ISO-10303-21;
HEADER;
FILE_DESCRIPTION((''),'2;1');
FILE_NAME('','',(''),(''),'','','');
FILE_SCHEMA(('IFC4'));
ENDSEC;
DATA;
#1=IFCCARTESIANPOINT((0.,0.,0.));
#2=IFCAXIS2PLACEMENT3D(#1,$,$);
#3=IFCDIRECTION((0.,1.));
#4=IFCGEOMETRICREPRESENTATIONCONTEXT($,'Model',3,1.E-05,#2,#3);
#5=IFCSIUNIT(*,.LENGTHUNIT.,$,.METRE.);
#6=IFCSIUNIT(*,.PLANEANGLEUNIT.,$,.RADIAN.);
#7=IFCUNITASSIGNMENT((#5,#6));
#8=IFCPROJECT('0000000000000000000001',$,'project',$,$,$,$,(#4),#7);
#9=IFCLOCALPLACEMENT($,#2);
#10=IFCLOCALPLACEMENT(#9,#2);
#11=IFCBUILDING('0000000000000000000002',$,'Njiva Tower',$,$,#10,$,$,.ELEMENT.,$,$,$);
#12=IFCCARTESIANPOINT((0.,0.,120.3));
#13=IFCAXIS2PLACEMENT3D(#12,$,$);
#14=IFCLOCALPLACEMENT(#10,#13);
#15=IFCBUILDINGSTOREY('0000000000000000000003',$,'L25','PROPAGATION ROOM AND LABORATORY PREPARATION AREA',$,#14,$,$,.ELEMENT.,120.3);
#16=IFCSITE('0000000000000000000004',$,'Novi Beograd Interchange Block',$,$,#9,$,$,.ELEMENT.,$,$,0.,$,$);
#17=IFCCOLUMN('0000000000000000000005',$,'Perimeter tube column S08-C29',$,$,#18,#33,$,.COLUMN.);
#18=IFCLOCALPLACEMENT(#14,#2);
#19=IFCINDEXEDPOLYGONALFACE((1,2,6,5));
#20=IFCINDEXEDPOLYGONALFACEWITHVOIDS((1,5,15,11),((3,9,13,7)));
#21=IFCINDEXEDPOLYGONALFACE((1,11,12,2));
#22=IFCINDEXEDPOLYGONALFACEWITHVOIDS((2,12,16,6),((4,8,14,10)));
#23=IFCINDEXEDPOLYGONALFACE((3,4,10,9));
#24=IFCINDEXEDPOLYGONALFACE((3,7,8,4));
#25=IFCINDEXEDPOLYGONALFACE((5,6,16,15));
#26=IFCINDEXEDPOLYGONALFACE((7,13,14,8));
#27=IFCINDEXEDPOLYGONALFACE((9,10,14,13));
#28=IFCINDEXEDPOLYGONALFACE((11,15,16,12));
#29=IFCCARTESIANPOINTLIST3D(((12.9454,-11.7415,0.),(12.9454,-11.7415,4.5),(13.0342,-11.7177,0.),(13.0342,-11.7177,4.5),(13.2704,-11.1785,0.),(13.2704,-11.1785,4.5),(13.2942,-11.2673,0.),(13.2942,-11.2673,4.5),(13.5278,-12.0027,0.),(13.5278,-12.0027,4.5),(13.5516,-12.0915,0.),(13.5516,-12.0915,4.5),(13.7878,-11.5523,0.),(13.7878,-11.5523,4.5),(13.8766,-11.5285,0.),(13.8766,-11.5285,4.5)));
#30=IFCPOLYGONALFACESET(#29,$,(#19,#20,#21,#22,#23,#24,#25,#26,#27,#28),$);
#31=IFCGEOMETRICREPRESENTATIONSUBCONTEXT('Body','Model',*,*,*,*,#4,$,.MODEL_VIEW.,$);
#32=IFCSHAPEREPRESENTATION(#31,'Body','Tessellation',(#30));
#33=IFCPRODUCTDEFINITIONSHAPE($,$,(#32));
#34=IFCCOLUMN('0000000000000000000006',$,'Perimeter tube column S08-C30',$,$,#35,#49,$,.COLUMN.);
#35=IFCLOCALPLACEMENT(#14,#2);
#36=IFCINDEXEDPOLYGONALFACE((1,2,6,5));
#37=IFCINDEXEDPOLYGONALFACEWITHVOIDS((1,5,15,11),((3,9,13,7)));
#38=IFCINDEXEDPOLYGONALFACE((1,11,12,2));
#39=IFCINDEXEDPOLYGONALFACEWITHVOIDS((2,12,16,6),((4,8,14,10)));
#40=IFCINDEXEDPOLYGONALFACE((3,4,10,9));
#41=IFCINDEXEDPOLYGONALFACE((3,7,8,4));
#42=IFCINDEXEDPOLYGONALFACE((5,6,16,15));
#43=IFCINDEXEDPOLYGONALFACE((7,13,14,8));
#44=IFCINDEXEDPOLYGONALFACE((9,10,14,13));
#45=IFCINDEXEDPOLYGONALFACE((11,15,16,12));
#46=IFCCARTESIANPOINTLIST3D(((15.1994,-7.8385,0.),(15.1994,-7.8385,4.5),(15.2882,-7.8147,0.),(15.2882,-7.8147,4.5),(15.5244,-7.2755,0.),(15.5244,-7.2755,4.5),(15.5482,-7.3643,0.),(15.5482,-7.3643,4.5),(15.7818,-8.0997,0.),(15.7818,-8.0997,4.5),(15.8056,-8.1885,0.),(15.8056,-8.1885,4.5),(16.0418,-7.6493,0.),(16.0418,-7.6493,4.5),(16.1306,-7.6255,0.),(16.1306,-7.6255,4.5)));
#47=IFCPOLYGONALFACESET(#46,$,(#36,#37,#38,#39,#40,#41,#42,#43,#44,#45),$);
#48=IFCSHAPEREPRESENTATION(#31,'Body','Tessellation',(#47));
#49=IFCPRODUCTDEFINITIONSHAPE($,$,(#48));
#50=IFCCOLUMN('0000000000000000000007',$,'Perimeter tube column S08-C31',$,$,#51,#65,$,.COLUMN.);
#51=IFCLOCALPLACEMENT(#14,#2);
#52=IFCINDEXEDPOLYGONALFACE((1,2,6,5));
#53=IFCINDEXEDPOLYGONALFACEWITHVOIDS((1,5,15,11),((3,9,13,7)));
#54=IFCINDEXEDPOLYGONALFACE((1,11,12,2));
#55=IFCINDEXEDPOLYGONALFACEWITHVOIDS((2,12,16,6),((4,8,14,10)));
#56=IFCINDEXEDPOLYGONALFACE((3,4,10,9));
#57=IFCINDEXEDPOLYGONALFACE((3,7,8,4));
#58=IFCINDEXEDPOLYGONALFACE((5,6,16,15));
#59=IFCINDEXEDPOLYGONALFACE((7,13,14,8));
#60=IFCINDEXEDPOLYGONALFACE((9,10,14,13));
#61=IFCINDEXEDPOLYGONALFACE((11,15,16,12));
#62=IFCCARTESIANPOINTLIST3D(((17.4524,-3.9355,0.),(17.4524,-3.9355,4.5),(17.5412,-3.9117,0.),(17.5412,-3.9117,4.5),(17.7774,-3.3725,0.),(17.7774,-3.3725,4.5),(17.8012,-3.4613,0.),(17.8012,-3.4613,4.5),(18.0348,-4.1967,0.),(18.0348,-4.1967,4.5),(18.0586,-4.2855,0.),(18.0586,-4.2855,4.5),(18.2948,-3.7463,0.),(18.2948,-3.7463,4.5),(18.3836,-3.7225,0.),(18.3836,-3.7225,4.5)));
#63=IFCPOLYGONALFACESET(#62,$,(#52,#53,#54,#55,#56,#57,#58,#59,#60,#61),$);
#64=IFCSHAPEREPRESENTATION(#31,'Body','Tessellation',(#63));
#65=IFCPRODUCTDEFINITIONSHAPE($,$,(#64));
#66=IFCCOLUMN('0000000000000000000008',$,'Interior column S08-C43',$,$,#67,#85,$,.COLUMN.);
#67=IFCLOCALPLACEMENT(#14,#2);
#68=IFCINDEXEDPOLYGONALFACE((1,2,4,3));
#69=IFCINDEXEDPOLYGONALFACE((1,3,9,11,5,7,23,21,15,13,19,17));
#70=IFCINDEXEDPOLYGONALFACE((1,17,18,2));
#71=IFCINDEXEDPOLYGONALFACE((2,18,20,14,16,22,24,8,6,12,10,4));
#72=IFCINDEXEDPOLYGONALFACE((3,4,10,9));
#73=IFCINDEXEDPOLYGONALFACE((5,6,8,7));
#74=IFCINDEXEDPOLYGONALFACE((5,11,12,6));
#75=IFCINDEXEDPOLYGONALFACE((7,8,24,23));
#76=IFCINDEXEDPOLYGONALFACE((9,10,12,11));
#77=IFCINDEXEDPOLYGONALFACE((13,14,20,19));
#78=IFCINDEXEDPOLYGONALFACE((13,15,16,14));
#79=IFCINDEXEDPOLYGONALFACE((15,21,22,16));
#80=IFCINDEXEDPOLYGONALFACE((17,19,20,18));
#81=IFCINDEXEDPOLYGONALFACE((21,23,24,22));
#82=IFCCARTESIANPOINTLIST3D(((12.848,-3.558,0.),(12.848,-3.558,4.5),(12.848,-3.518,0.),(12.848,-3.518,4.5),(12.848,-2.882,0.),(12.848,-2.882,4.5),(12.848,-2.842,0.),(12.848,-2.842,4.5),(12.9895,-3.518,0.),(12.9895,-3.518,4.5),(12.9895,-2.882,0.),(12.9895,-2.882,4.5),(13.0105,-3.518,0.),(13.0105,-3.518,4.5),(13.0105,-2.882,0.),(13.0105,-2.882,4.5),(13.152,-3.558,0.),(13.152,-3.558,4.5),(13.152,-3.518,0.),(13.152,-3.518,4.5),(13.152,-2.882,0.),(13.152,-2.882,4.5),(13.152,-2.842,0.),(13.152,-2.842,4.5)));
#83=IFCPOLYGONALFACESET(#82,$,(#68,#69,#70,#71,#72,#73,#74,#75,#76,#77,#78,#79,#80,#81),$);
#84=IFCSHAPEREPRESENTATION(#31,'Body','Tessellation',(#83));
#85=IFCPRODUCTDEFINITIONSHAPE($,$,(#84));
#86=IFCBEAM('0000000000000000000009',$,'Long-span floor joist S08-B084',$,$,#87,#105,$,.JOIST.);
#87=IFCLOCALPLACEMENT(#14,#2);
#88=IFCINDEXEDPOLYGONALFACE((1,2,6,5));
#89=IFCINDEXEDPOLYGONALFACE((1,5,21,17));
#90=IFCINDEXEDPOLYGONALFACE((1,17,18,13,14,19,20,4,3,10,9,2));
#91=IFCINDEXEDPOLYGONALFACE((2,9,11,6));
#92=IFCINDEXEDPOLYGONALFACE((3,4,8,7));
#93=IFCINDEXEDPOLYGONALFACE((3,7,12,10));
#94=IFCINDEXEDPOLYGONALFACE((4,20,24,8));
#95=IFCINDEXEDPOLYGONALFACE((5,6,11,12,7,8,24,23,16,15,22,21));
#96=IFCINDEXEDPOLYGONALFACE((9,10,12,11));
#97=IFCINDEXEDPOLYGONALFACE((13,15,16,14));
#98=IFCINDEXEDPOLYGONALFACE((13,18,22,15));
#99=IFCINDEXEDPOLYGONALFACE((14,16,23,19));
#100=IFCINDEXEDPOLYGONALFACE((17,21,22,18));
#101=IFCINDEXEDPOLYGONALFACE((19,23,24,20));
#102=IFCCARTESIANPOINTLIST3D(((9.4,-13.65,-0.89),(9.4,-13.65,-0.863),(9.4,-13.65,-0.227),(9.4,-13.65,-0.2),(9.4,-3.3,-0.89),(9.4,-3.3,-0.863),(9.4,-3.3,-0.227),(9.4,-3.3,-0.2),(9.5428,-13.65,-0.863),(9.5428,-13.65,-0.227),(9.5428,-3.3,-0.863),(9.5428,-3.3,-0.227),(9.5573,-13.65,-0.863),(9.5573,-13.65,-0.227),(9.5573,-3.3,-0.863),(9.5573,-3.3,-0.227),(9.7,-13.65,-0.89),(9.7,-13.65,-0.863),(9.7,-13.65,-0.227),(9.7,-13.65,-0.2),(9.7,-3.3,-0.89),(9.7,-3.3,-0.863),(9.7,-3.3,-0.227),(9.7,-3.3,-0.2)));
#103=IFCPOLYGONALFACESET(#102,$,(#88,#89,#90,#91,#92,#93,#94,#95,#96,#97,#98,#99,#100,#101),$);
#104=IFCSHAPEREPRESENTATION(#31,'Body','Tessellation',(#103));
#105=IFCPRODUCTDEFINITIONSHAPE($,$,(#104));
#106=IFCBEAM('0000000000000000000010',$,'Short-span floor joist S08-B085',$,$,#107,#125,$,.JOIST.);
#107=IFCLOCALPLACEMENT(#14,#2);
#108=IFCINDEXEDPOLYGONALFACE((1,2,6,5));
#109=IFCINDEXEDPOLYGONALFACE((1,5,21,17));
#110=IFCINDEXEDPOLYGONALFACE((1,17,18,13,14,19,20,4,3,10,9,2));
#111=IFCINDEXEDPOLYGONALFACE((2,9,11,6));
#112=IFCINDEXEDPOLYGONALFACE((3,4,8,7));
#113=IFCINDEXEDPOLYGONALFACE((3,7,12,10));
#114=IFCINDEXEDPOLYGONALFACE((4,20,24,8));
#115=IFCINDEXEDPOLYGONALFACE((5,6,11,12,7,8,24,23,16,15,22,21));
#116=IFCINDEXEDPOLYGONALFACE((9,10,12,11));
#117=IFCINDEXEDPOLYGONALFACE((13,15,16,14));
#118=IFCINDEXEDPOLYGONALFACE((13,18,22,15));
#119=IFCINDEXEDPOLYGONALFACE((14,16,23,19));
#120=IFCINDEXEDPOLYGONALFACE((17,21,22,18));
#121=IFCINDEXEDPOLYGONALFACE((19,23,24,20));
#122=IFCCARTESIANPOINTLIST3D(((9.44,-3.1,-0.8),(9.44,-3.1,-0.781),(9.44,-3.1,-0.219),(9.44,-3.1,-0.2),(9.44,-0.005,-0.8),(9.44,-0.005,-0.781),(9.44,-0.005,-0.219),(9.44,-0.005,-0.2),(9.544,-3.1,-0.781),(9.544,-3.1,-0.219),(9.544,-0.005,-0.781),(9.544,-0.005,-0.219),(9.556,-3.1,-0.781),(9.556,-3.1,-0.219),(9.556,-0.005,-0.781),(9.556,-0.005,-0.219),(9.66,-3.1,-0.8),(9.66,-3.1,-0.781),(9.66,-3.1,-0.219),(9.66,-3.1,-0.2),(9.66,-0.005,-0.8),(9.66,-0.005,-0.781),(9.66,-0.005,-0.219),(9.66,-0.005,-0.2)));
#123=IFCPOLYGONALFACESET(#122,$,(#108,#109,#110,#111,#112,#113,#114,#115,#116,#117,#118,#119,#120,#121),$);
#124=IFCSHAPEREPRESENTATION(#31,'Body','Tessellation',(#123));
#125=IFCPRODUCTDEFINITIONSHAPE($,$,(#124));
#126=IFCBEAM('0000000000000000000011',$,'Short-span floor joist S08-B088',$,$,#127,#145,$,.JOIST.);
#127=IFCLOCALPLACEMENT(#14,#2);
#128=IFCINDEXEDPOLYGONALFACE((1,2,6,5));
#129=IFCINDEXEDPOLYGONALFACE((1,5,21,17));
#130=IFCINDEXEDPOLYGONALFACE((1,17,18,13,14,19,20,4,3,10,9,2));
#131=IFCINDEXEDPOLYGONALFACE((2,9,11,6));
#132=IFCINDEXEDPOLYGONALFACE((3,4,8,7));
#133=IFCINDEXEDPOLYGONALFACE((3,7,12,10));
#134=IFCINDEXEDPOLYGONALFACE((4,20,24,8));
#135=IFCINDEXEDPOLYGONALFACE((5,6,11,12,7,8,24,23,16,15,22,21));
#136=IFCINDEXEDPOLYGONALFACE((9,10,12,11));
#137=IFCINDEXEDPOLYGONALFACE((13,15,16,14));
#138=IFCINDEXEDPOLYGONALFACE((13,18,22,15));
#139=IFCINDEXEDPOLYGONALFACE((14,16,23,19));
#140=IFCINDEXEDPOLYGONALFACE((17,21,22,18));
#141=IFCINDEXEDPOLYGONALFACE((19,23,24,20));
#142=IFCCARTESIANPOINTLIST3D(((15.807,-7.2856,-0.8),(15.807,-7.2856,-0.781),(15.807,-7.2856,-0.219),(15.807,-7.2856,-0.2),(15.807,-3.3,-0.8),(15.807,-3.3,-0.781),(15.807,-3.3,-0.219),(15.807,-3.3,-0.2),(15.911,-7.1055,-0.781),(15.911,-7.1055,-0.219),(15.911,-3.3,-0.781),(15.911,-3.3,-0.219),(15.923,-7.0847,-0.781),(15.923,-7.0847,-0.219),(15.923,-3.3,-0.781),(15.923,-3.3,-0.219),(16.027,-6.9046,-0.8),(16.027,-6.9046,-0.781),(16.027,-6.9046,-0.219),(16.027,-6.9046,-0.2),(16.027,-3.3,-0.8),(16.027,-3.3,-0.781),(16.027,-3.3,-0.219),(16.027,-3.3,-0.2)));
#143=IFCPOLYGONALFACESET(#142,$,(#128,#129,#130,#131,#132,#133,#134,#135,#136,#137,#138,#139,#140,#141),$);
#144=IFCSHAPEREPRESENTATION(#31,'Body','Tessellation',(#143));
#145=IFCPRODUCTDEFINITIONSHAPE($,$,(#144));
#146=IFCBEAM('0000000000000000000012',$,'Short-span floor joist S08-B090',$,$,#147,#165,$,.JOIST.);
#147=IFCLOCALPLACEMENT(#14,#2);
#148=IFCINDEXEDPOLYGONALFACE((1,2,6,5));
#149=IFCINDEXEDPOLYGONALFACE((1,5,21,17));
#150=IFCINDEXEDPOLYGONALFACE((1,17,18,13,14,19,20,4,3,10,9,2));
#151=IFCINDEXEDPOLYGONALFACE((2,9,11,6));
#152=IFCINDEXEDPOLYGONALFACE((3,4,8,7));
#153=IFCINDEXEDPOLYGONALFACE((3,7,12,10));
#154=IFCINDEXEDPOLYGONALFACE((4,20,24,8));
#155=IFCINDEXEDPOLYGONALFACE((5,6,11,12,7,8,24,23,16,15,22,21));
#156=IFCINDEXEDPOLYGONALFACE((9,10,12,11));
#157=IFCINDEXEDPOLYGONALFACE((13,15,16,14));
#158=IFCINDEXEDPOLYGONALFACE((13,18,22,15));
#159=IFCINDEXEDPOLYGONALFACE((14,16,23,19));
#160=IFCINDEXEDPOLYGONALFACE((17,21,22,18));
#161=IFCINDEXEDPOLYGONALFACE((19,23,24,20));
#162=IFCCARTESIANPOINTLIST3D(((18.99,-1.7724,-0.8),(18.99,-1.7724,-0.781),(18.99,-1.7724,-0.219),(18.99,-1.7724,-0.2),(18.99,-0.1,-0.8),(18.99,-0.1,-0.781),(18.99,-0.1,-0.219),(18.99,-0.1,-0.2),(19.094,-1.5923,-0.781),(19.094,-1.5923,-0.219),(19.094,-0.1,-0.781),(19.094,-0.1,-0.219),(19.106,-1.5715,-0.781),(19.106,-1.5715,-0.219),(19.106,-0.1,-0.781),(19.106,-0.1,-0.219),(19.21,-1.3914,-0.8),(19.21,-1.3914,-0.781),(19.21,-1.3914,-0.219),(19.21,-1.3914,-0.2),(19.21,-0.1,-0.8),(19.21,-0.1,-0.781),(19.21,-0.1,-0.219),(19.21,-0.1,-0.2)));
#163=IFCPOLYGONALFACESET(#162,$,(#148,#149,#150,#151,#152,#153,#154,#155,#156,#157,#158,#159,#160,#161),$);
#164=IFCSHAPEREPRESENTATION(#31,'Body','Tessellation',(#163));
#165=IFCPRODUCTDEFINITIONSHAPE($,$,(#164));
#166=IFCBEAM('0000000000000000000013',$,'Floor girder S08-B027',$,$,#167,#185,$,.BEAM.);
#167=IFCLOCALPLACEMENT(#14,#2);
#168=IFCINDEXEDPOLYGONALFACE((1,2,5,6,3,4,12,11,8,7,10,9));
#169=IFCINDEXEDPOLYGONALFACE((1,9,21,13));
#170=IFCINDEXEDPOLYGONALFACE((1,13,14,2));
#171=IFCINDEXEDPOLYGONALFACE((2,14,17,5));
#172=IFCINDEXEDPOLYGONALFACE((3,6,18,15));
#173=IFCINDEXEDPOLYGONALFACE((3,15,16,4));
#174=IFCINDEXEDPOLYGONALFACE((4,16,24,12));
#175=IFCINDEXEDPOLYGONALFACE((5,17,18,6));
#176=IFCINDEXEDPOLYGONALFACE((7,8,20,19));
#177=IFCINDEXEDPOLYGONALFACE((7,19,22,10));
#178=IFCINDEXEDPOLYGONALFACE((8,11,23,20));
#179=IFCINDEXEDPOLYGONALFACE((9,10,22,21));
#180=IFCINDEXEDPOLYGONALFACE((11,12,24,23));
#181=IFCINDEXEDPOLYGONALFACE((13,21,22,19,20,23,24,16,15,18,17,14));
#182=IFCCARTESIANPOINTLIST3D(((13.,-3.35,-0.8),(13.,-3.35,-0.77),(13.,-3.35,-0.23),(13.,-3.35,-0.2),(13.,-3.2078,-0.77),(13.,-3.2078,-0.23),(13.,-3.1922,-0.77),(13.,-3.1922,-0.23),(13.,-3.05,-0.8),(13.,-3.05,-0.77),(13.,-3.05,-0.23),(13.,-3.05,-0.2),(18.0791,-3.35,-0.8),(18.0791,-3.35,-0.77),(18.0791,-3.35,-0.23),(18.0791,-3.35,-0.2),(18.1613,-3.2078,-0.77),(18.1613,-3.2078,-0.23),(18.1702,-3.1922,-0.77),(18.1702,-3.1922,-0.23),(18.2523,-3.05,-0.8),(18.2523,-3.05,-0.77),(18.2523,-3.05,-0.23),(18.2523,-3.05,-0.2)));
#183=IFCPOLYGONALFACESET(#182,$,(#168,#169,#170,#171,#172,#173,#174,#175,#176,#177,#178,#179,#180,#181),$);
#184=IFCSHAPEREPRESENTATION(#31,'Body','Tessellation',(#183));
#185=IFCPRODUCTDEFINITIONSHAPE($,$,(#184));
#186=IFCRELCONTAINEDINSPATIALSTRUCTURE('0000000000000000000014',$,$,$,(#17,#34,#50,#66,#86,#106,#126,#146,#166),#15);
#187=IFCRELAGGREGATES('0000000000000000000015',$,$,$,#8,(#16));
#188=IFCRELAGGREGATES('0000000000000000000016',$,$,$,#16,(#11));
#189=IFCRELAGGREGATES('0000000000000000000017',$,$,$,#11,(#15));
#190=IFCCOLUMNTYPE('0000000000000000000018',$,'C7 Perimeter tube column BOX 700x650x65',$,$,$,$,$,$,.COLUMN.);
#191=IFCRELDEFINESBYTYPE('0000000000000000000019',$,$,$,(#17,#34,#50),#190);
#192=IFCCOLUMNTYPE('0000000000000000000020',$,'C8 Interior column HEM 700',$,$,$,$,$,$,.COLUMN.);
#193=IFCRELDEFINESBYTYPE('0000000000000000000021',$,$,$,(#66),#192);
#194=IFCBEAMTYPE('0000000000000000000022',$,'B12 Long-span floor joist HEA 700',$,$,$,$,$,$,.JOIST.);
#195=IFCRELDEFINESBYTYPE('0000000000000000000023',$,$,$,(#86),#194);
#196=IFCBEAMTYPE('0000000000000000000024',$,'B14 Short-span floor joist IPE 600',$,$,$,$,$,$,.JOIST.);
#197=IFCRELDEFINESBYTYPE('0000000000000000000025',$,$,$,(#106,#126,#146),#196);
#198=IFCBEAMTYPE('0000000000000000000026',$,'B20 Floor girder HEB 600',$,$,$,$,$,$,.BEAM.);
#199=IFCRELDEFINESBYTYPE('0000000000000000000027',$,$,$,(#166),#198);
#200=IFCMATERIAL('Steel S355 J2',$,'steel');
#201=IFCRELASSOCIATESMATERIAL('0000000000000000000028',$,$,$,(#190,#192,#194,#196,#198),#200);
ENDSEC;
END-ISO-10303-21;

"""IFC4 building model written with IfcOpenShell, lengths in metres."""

from ifc_helpers import new_model, si_unit, direction, frame, origin, origin_2d, place, context, subcontext, project, spatial, hollow_rectangle, i_section, extrude, clip, halfspace, material, material_profile, profile_set, type_object, element, save


model = new_model("IFC4")

# Units and contexts
model_context = context("Model", 3, precision=1e-05, world=origin(), true_north=direction((0.0, 1.0)))
body_context = subcontext(model_context, "Body", "Model", "MODEL_VIEW")
ifc_project = project(units=[si_unit("LENGTHUNIT", "METRE"), si_unit("PLANEANGLEUNIT", "RADIAN")], contexts=[model_context])

# Site, building, storey
site_placement = place(None, origin())
site = spatial("IfcSite", under=ifc_project, at=site_placement, Name="Novi Beograd Interchange Block", CompositionType="ELEMENT", RefElevation=0.0)
building_placement = place(site_placement, origin())
building = spatial("IfcBuilding", under=site, at=building_placement, Name="Njiva Tower", CompositionType="ELEMENT")
storey_placement = place(building_placement, frame((0.0, 0.0, 120.3)))
storey = spatial("IfcBuildingStorey", under=building, at=storey_placement, Name="L25", Description="PROPAGATION ROOM AND LABORATORY PREPARATION AREA", CompositionType="ELEMENT", Elevation=120.3)

# Columns
ifc_material_1 = material(Name="Steel S355 J2", Category="steel")
ifc_material_profile_1 = material_profile(ifc_material_1, hollow_rectangle(XDim=0.65, YDim=0.7, WallThickness=0.065, at=origin_2d()), Name="BOX 700x650x65")
ifc_profile_set_1 = profile_set([ifc_material_profile_1], Name="Steel S355 J2")
column_type_1 = type_object("IfcColumnType", Name="C7 Perimeter tube column BOX 700x650x65", PredefinedType="COLUMN", material=ifc_profile_set_1)
for number, where, z_axis, x_axis, name in (
    (1, (13.411, -11.635, 0.0), (0.0, 0.0, 1.0), (0.5, 0.866025, 0.0), "Perimeter tube column S08-C29"),
    (2, (15.665, -7.732, 0.0), (0.0, 0.0, 1.0), (0.5, 0.866025, 0.0), "Perimeter tube column S08-C30"),
    (3, (17.918, -3.829, 0.0), (0.0, 0.0, 1.0), (0.5, 0.866025, 0.0), "Perimeter tube column S08-C31"),
):
    element("IfcColumn", number, at=place(storey_placement, frame(where, z_axis=z_axis, x_axis=x_axis)), inside=storey, type_object=column_type_1, Name=name, PredefinedType="COLUMN", context=body_context, shape_type="SweptSolid", body=[
        extrude(hollow_rectangle(XDim=0.65, YDim=0.7, WallThickness=0.065, at=origin_2d()), origin(), (0.0, 0.0, 1.0), 4.5),
    ])
ifc_material_profile_2 = material_profile(ifc_material_1, i_section(OverallWidth=0.304, OverallDepth=0.716, WebThickness=0.021, FlangeThickness=0.04, at=origin_2d()), Name="HEM 700")
ifc_profile_set_2 = profile_set([ifc_material_profile_2], Name="Steel S355 J2")
column_type_2 = type_object("IfcColumnType", Name="C8 Interior column HEM 700", PredefinedType="COLUMN", material=ifc_profile_set_2)
column_placement = place(storey_placement, frame((13.0, -3.2, 0.0), z_axis=(0.0, 0.0, 1.0), x_axis=(1.0, 0.0, 0.0)))
element("IfcColumn", 4, at=column_placement, inside=storey, type_object=column_type_2, Name="Interior column S08-C43", PredefinedType="COLUMN", context=body_context, shape_type="SweptSolid", body=[
    extrude(i_section(OverallWidth=0.304, OverallDepth=0.716, WebThickness=0.021, FlangeThickness=0.04, at=origin_2d()), origin(), (0.0, 0.0, 1.0), 4.5),
])

# Beams
ifc_material_profile_3 = material_profile(ifc_material_1, i_section(OverallWidth=0.3, OverallDepth=0.69, WebThickness=0.0145, FlangeThickness=0.027, at=origin_2d()), Name="HEA 700")
ifc_profile_set_3 = profile_set([ifc_material_profile_3], Name="Steel S355 J2")
beam_type_1 = type_object("IfcBeamType", Name="B12 Long-span floor joist HEA 700", PredefinedType="JOIST", material=ifc_profile_set_3)
beam_1_placement = place(storey_placement, frame((9.55, -3.3, -0.545), z_axis=(0.0, -1.0, 0.0), x_axis=(1.0, 0.0, 0.0)))
element("IfcBeam", 5, at=beam_1_placement, inside=storey, type_object=beam_type_1, Name="Long-span floor joist S08-B084", PredefinedType="JOIST", context=body_context, shape_type="SweptSolid", body=[
    extrude(i_section(OverallWidth=0.3, OverallDepth=0.69, WebThickness=0.0145, FlangeThickness=0.027, at=origin_2d()), origin(), (0.0, 0.0, 1.0), 10.35),
])
ifc_material_profile_4 = material_profile(ifc_material_1, i_section(OverallWidth=0.22, OverallDepth=0.6, WebThickness=0.012, FlangeThickness=0.019, at=origin_2d()), Name="IPE 600")
ifc_profile_set_4 = profile_set([ifc_material_profile_4], Name="Steel S355 J2")
beam_type_2 = type_object("IfcBeamType", Name="B14 Short-span floor joist IPE 600", PredefinedType="JOIST", material=ifc_profile_set_4)
beam_2_placement = place(storey_placement, frame((9.55, -0.005, -0.5), z_axis=(0.0, -1.0, 0.0), x_axis=(1.0, 0.0, 0.0)))
element("IfcBeam", 6, at=beam_2_placement, inside=storey, type_object=beam_type_2, Name="Short-span floor joist S08-B085", PredefinedType="JOIST", context=body_context, shape_type="SweptSolid", body=[
    extrude(i_section(OverallWidth=0.22, OverallDepth=0.6, WebThickness=0.012, FlangeThickness=0.019, at=origin_2d()), origin(), (0.0, 0.0, 1.0), 3.095),
])
beam_3_placement = place(storey_placement, frame((15.917, -3.3, -0.5), z_axis=(0.0, -1.0, 0.0), x_axis=(1.0, 0.0, 0.0)))
element("IfcBeam", 7, at=beam_3_placement, inside=storey, type_object=beam_type_2, Name="Short-span floor joist S08-B088", PredefinedType="JOIST", context=body_context, shape_type="Clipping", body=[
    clip(extrude(i_section(OverallWidth=0.22, OverallDepth=0.6, WebThickness=0.012, FlangeThickness=0.019, at=origin_2d()), origin(), (0.0, 0.0, 1.0), 4.007), halfspace(frame((0.043, 0.0, 3.7206), z_axis=(0.866027, 0.0, 0.499998), x_axis=(0.0, 1.0, 0.0)), False)),
])
beam_4_placement = place(storey_placement, frame((19.1, -0.1, -0.5), z_axis=(0.0, -1.0, 0.0), x_axis=(1.0, 0.0, 0.0)))
element("IfcBeam", 8, at=beam_4_placement, inside=storey, type_object=beam_type_2, Name="Short-span floor joist S08-B090", PredefinedType="JOIST", context=body_context, shape_type="Clipping", body=[
    clip(extrude(i_section(OverallWidth=0.22, OverallDepth=0.6, WebThickness=0.012, FlangeThickness=0.019, at=origin_2d()), origin(), (0.0, 0.0, 1.0), 1.693), halfspace(frame((0.0433, 0.0, 1.4069), z_axis=(0.866027, 0.0, 0.499998), x_axis=(0.0, 1.0, 0.0)), False)),
])
ifc_material_profile_5 = material_profile(ifc_material_1, i_section(OverallWidth=0.3, OverallDepth=0.6, WebThickness=0.0155, FlangeThickness=0.03, at=origin_2d()), Name="HEB 600")
ifc_profile_set_5 = profile_set([ifc_material_profile_5], Name="Steel S355 J2")
beam_type_3 = type_object("IfcBeamType", Name="B20 Floor girder HEB 600", PredefinedType="BEAM", material=ifc_profile_set_5)
beam_5_placement = place(storey_placement, frame((13.0, -3.2, -0.5), z_axis=(1.0, 0.0, 0.0), x_axis=(0.0, 1.0, 0.0)))
element("IfcBeam", 9, at=beam_5_placement, inside=storey, type_object=beam_type_3, Name="Floor girder S08-B027", PredefinedType="BEAM", context=body_context, shape_type="Clipping", body=[
    clip(extrude(i_section(OverallWidth=0.3, OverallDepth=0.6, WebThickness=0.0155, FlangeThickness=0.03, at=origin_2d()), origin(), (0.0, 0.0, 1.0), 5.273), halfspace(frame((-0.025, 0.0, 5.1513), z_axis=(-0.499998, 0.0, 0.866027), x_axis=(0.0, 1.0, 0.0)), False)),
])

save(model, "model.ifc")
